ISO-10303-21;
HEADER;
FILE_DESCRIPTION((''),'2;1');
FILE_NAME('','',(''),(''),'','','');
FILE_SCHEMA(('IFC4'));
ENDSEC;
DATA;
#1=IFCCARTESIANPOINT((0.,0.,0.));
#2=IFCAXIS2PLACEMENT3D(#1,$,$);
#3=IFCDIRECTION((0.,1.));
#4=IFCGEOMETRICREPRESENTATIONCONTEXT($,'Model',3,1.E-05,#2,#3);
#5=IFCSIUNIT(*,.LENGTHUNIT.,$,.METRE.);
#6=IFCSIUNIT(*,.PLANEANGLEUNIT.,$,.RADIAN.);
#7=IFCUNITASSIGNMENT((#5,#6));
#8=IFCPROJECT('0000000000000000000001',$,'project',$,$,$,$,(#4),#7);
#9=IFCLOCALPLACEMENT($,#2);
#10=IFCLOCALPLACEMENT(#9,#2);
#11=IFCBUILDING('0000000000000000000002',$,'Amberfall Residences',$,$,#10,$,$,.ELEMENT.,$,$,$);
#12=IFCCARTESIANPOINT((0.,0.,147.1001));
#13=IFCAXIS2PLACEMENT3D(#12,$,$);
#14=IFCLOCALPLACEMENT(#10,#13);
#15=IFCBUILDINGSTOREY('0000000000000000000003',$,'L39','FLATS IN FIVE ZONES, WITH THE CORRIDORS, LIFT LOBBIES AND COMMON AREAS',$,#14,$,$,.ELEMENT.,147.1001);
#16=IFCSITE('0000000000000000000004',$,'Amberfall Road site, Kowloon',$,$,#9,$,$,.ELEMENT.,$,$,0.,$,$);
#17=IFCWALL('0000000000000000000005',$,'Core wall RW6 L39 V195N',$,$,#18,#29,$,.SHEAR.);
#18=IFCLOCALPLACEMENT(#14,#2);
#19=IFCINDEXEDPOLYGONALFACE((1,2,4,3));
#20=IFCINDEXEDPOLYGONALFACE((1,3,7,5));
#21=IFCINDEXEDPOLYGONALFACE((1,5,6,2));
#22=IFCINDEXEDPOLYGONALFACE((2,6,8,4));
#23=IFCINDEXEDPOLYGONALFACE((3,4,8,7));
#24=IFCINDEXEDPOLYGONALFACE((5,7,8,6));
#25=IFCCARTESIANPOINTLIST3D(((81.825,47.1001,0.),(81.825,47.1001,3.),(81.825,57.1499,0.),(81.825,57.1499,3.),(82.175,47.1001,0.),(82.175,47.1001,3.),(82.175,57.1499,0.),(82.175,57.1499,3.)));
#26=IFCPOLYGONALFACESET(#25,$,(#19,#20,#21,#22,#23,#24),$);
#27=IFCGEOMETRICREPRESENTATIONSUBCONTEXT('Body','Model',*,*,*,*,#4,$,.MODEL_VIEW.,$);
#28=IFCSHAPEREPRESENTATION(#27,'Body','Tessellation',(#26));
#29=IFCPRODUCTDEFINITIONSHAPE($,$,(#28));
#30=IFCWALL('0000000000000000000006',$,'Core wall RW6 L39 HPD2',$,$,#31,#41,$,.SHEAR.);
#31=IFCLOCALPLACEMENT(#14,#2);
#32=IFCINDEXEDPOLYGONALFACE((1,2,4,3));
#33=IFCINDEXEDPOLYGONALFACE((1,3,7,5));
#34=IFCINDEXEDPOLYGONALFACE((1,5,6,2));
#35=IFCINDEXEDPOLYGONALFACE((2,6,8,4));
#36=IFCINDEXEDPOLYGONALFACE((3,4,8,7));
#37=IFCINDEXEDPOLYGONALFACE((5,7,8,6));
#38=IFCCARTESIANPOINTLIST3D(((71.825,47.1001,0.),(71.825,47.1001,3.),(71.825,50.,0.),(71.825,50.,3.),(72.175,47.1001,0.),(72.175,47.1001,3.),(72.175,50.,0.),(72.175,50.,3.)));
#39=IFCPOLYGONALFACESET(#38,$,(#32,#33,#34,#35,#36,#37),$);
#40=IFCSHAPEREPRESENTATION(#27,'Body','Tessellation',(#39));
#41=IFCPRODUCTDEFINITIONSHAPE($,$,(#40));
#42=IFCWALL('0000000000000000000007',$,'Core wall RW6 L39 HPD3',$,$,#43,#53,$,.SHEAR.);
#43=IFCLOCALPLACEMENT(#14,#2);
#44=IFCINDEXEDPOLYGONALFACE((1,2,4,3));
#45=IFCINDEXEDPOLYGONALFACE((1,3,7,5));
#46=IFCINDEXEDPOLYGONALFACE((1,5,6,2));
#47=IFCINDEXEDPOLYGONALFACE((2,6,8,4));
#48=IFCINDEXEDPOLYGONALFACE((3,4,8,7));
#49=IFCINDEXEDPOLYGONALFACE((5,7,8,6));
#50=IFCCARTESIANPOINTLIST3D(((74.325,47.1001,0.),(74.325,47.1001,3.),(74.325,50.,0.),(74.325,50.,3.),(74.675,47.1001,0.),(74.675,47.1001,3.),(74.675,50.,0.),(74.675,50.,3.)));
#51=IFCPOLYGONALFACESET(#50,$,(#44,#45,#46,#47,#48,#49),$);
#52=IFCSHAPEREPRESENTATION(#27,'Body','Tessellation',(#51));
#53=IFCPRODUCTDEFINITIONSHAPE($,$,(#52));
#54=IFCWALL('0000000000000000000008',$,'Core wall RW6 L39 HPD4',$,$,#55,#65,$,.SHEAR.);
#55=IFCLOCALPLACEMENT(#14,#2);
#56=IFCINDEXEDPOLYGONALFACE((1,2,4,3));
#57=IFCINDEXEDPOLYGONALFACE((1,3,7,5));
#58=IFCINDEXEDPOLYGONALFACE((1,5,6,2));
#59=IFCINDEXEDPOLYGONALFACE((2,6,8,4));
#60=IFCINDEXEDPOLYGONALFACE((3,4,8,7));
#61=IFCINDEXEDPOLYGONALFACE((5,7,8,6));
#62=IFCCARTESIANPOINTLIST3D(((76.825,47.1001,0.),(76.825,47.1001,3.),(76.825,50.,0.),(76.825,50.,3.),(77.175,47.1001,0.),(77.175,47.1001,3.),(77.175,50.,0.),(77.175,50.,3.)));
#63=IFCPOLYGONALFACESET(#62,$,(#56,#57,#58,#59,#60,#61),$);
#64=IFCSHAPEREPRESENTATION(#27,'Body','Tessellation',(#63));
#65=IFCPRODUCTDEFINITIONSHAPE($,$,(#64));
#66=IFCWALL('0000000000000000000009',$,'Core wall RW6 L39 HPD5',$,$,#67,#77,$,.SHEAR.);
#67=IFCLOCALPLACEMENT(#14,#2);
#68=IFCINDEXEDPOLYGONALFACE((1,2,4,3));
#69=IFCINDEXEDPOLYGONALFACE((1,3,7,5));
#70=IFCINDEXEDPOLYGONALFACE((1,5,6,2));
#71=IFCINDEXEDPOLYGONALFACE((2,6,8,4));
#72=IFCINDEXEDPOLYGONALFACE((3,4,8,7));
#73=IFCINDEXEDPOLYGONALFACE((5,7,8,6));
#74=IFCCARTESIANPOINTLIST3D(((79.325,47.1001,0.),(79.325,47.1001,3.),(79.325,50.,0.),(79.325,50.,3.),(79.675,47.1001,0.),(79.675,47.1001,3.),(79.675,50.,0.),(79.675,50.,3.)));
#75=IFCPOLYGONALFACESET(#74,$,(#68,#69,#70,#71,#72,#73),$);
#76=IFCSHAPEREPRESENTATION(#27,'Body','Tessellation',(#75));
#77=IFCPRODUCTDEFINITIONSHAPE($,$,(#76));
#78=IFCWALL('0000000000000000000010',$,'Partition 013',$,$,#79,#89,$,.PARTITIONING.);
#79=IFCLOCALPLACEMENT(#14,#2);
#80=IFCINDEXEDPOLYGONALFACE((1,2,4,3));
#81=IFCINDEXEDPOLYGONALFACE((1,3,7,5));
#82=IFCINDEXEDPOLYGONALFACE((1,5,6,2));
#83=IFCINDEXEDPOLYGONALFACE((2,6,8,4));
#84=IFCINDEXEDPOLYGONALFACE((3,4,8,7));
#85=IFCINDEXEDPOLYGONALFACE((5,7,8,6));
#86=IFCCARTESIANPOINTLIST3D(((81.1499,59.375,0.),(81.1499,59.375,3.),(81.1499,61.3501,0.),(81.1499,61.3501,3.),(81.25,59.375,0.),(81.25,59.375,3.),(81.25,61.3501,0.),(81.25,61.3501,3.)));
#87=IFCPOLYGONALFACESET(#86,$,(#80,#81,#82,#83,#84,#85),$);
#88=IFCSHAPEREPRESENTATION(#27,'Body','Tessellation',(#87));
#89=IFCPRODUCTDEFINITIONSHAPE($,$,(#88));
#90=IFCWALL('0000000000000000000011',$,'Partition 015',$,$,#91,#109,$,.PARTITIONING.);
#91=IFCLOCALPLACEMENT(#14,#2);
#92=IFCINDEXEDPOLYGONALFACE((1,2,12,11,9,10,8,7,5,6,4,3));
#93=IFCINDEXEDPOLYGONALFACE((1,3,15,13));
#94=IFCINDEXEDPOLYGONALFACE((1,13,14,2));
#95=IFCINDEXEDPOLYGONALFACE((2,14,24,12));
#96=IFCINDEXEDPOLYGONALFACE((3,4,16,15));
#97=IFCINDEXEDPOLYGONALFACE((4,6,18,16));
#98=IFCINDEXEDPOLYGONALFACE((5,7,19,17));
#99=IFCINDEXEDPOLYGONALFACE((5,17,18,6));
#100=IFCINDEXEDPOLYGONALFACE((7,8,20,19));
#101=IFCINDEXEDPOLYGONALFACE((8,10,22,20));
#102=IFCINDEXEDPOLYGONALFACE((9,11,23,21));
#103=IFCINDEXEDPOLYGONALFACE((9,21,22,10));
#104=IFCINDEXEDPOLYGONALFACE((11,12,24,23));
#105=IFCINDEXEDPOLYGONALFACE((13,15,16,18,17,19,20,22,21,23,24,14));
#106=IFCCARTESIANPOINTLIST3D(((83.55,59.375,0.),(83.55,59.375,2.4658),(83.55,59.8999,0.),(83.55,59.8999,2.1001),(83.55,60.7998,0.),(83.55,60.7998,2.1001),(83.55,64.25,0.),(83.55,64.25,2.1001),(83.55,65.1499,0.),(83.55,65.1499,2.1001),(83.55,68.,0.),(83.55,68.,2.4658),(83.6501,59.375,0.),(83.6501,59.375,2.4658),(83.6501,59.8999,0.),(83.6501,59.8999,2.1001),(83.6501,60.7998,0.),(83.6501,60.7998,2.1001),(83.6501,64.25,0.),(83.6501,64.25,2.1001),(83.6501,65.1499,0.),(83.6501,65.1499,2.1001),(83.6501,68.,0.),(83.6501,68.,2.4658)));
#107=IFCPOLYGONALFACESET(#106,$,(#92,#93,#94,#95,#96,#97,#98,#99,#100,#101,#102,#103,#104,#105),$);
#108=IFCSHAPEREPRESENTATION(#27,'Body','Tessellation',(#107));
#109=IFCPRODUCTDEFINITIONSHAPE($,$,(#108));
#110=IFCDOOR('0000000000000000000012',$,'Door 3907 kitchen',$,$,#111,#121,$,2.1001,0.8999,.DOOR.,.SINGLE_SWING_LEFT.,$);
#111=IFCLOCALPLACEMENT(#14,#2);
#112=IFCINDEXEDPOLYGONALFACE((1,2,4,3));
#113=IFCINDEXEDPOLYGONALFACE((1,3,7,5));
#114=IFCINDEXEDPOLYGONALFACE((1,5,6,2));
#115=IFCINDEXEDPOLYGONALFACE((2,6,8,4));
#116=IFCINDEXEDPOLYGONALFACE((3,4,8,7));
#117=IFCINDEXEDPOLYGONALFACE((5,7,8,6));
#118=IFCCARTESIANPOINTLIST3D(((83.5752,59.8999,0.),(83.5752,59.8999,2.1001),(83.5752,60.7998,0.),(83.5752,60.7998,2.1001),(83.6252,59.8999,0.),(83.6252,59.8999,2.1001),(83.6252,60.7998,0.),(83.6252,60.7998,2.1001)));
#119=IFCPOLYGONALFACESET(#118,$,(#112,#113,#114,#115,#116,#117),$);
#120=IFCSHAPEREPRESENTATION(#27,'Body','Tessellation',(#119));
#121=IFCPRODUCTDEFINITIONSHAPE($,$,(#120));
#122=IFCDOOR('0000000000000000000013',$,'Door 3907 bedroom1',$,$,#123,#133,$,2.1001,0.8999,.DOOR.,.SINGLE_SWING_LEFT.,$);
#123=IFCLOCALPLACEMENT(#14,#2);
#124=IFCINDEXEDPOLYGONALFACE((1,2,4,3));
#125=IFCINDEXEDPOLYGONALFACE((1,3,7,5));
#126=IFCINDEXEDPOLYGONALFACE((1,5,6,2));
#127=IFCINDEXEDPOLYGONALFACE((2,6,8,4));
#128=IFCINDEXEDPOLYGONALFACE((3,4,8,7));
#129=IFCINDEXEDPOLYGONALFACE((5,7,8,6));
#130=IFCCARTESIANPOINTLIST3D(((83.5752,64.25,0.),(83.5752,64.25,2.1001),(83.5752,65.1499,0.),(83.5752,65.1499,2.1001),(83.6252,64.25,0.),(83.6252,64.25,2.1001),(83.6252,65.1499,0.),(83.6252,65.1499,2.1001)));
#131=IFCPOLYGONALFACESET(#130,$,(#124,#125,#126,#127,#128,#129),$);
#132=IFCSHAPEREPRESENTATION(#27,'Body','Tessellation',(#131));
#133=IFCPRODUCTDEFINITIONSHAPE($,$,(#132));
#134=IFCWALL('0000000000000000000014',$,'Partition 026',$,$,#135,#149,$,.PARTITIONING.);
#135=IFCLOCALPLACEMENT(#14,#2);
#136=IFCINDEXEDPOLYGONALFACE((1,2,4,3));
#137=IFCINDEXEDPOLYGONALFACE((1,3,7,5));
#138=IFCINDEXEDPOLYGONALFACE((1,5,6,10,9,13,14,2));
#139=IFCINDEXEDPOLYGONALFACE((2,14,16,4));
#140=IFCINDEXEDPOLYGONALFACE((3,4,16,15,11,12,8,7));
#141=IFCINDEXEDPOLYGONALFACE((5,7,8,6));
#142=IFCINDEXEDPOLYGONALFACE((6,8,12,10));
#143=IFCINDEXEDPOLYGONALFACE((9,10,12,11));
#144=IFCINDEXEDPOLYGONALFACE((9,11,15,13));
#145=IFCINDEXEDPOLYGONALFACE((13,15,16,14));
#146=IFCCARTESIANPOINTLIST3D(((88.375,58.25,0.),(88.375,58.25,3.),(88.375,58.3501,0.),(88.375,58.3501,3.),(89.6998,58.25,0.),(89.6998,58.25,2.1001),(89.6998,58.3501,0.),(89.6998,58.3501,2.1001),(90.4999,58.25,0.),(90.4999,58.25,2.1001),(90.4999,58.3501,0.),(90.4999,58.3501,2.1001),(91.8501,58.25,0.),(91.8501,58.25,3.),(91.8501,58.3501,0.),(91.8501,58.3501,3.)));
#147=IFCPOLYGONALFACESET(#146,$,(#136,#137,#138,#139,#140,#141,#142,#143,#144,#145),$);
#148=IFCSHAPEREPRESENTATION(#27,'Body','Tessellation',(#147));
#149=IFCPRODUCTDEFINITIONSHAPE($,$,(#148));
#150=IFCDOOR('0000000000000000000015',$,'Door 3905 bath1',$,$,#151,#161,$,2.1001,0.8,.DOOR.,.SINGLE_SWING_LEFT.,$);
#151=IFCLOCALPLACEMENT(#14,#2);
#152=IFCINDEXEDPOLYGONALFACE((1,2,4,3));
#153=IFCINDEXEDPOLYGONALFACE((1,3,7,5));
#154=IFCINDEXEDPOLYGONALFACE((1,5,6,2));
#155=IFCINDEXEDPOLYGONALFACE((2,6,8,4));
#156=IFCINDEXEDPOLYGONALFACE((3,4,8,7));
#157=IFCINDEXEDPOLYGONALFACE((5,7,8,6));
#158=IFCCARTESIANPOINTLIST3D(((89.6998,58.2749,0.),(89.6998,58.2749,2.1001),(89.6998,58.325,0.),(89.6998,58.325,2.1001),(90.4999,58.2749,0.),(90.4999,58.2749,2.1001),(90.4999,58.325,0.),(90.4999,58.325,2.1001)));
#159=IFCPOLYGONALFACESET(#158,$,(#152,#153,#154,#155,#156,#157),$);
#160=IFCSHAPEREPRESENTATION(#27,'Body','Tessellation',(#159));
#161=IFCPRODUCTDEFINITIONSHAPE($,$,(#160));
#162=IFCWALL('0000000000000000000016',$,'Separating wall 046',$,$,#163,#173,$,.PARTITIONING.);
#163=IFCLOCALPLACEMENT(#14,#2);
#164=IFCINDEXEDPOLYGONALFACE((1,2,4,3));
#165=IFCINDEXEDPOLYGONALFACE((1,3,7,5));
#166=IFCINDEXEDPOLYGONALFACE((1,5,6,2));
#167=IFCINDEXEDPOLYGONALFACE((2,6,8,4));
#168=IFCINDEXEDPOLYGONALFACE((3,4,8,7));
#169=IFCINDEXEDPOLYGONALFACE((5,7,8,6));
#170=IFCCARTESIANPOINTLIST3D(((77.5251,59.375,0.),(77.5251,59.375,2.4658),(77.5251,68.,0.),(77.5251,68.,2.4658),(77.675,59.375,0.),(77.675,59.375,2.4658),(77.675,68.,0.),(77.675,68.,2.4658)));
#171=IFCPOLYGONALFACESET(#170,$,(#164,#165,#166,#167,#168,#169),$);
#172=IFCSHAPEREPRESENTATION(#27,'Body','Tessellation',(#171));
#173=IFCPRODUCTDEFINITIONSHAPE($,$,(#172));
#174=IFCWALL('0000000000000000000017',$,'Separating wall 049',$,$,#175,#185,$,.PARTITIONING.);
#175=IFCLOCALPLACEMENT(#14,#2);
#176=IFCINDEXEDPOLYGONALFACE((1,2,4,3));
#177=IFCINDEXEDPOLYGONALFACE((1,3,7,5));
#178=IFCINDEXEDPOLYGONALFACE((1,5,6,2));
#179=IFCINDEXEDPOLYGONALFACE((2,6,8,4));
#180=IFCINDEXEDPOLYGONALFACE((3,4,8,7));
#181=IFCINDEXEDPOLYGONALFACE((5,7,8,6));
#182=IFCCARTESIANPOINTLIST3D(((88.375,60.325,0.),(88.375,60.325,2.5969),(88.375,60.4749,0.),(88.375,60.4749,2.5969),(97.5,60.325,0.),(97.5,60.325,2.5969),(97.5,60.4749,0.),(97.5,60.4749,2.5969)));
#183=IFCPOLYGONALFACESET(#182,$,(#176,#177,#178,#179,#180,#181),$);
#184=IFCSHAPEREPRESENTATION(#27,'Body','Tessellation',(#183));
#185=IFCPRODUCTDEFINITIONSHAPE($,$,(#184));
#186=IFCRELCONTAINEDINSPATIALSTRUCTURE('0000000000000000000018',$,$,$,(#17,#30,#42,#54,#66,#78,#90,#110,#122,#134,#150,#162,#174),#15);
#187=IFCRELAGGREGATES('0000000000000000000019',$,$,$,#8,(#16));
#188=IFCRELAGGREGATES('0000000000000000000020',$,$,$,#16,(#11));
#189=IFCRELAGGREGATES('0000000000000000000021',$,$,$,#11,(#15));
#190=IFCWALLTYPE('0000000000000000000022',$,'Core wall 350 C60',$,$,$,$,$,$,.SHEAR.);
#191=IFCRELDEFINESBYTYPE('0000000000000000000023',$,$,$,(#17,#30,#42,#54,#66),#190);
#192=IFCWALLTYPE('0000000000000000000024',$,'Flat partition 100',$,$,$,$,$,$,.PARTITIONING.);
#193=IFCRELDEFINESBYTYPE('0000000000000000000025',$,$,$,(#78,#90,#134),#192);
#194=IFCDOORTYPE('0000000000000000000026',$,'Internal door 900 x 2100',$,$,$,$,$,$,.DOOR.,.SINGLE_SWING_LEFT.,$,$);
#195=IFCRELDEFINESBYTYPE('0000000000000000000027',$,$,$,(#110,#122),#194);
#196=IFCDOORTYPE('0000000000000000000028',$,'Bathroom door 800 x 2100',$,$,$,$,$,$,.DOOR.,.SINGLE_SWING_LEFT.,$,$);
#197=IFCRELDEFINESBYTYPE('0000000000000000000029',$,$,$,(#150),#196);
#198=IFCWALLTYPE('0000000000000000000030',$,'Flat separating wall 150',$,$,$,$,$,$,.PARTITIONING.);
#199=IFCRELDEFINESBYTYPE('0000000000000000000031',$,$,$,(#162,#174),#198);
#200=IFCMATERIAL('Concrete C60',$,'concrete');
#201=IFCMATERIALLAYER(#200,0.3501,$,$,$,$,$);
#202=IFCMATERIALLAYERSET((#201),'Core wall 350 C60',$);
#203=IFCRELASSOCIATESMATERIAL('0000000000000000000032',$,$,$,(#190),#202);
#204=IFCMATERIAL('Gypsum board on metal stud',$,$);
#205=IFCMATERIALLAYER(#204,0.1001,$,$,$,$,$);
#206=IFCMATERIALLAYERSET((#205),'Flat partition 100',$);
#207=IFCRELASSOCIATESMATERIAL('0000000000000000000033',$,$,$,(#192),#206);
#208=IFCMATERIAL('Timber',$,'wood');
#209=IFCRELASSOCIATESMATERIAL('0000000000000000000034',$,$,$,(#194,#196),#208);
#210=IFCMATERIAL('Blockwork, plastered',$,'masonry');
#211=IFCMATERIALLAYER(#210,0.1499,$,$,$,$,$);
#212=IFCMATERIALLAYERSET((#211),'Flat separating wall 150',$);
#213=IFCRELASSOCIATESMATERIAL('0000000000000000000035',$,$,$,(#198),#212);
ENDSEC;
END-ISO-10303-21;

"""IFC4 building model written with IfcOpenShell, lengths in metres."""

from ifc_helpers import new_model, si_unit, direction, frame, frame_2d, origin, place, context, subcontext, project, spatial, rectangle, extrude, material, layer, layer_set, type_object, element, fill, save


model = new_model("IFC4")

# Units and contexts
model_context = context("Model", 3, precision=1e-05, world=origin(), true_north=direction((0.0, 1.0)))
body_context = subcontext(model_context, "Body", "Model", "MODEL_VIEW")
ifc_project = project(units=[si_unit("LENGTHUNIT", "METRE"), si_unit("PLANEANGLEUNIT", "RADIAN")], contexts=[model_context])

# Site, building, storey
site_placement = place(None, origin())
site = spatial("IfcSite", under=ifc_project, at=site_placement, Name="Amberfall Road site, Kowloon", CompositionType="ELEMENT", RefElevation=0.0)
building_placement = place(site_placement, origin())
building = spatial("IfcBuilding", under=site, at=building_placement, Name="Amberfall Residences", CompositionType="ELEMENT")
storey_placement = place(building_placement, frame((0.0, 0.0, 147.1001)))
storey = spatial("IfcBuildingStorey", under=building, at=storey_placement, Name="L39", Description="FLATS IN FIVE ZONES, WITH THE CORRIDORS, LIFT LOBBIES AND COMMON AREAS", CompositionType="ELEMENT", Elevation=147.1001)

# Walls
ifc_material_1 = material(Name="Concrete C60", Category="concrete")
ifc_layer_1 = layer(ifc_material_1, 0.3501)
ifc_layer_set_1 = layer_set([ifc_layer_1], Name="Core wall 350 C60")
wall_type_1 = type_object("IfcWallType", Name="Core wall 350 C60", PredefinedType="SHEAR", material=ifc_layer_set_1)
wall_1_placement = place(storey_placement, frame((82.0, 47.1001, 0.0), z_axis=(0.0, 0.0, 1.0), x_axis=(0.0, 1.0, 0.0)))
element("IfcWall", 1, at=wall_1_placement, inside=storey, type_object=wall_type_1, Name="Core wall RW6 L39 V195N", PredefinedType="SHEAR", context=body_context, shape_type="SweptSolid", body=[
    extrude(rectangle(XDim=10.0498, YDim=0.3501, at=frame_2d((5.0249, 0.0))), origin(), (0.0, 0.0, 1.0), 3.0),
])
for number, where, z_axis, x_axis, name in (
    (2, (72.0, 47.1001, 0.0), (0.0, 0.0, 1.0), (0.0, 1.0, 0.0), "Core wall RW6 L39 HPD2"),
    (3, (74.5, 47.1001, 0.0), (0.0, 0.0, 1.0), (0.0, 1.0, 0.0), "Core wall RW6 L39 HPD3"),
    (4, (77.0, 47.1001, 0.0), (0.0, 0.0, 1.0), (0.0, 1.0, 0.0), "Core wall RW6 L39 HPD4"),
    (5, (79.5, 47.1001, 0.0), (0.0, 0.0, 1.0), (0.0, 1.0, 0.0), "Core wall RW6 L39 HPD5"),
):
    element("IfcWall", number, at=place(storey_placement, frame(where, z_axis=z_axis, x_axis=x_axis)), inside=storey, type_object=wall_type_1, Name=name, PredefinedType="SHEAR", context=body_context, shape_type="SweptSolid", body=[
        extrude(rectangle(XDim=2.8999, YDim=0.3501, at=frame_2d((1.45, 0.0))), origin(), (0.0, 0.0, 1.0), 3.0),
    ])
ifc_material_2 = material(Name="Gypsum board on metal stud")
ifc_layer_2 = layer(ifc_material_2, 0.1001)
ifc_layer_set_2 = layer_set([ifc_layer_2], Name="Flat partition 100")
wall_type_2 = type_object("IfcWallType", Name="Flat partition 100", PredefinedType="PARTITIONING", material=ifc_layer_set_2)
wall_2_placement = place(storey_placement, frame((81.2, 59.375, 0.0), z_axis=(0.0, 0.0, 1.0), x_axis=(0.0, 1.0, 0.0)))
element("IfcWall", 6, at=wall_2_placement, inside=storey, type_object=wall_type_2, Name="Partition 013", PredefinedType="PARTITIONING", context=body_context, shape_type="SweptSolid", body=[
    extrude(rectangle(XDim=1.9751, YDim=0.1001, at=frame_2d((0.9875, 0.0))), origin(), (0.0, 0.0, 1.0), 3.0),
])

# Wall, openings, doors
wall_3_placement = place(storey_placement, frame((83.6001, 59.375, 0.0), z_axis=(0.0, 0.0, 1.0), x_axis=(0.0, 1.0, 0.0)))
wall_3 = element("IfcWall", 7, at=wall_3_placement, inside=storey, type_object=wall_type_2, Name="Partition 015", PredefinedType="PARTITIONING", context=body_context, shape_type="SweptSolid", body=[
    extrude(rectangle(XDim=8.625, YDim=0.1001, at=frame_2d((4.3125, 0.0))), origin(), (0.0, 0.0, 1.0), 2.4658),
])
opening_1_placement = place(wall_3_placement, frame((0.5249, 0.0, 0.0)))
opening_1 = element("IfcOpeningElement", 8, at=opening_1_placement, cuts=wall_3, PredefinedType="OPENING", context=body_context, shape_type="SweptSolid", body=[
    extrude(rectangle(XDim=0.8999, YDim=2.1001, at=frame_2d((0.45, 1.05))), frame((0.0, 0.0601, 0.0), z_axis=(0.0, -1.0, 0.0), x_axis=(1.0, 0.0, 0.0)), (0.0, 0.0, 1.0), 0.1201),
])
opening_2_placement = place(wall_3_placement, frame((4.875, 0.0, 0.0)))
opening_2 = element("IfcOpeningElement", 9, at=opening_2_placement, cuts=wall_3, PredefinedType="OPENING", context=body_context, shape_type="SweptSolid", body=[
    extrude(rectangle(XDim=0.8999, YDim=2.1001, at=frame_2d((0.45, 1.05))), frame((0.0, 0.0601, 0.0), z_axis=(0.0, -1.0, 0.0), x_axis=(1.0, 0.0, 0.0)), (0.0, 0.0, 1.0), 0.1201),
])
ifc_material_3 = material(Name="Timber", Category="wood")
door_type_1 = type_object("IfcDoorType", Name="Internal door 900 x 2100", OperationType="SINGLE_SWING_LEFT", PredefinedType="DOOR", material=ifc_material_3)
door_1_placement = place(opening_1_placement, origin())
door_1 = element("IfcDoor", 10, at=door_1_placement, inside=storey, type_object=door_type_1, Name="Door 3907 kitchen", OperationType="SINGLE_SWING_LEFT", OverallHeight=2.1001, OverallWidth=0.8999, PredefinedType="DOOR", context=body_context, shape_type="SweptSolid", body=[
    extrude(rectangle(XDim=0.8999, YDim=2.1001, at=frame_2d((0.45, 1.05))), frame((0.0, 0.0249, 0.0), z_axis=(0.0, -1.0, 0.0), x_axis=(1.0, 0.0, 0.0)), (0.0, 0.0, 1.0), 0.05),
])
fill(opening_1, door_1)
door_2_placement = place(opening_2_placement, origin())
door_2 = element("IfcDoor", 11, at=door_2_placement, inside=storey, type_object=door_type_1, Name="Door 3907 bedroom1", OperationType="SINGLE_SWING_LEFT", OverallHeight=2.1001, OverallWidth=0.8999, PredefinedType="DOOR", context=body_context, shape_type="SweptSolid", body=[
    extrude(rectangle(XDim=0.8999, YDim=2.1001, at=frame_2d((0.45, 1.05))), frame((0.0, 0.0249, 0.0), z_axis=(0.0, -1.0, 0.0), x_axis=(1.0, 0.0, 0.0)), (0.0, 0.0, 1.0), 0.05),
])
fill(opening_2, door_2)

# Wall, opening, door
wall_4_placement = place(storey_placement, frame((88.375, 58.3, 0.0), z_axis=(0.0, 0.0, 1.0), x_axis=(1.0, 0.0, 0.0)))
wall_4 = element("IfcWall", 12, at=wall_4_placement, inside=storey, type_object=wall_type_2, Name="Partition 026", PredefinedType="PARTITIONING", context=body_context, shape_type="SweptSolid", body=[
    extrude(rectangle(XDim=3.4751, YDim=0.1001, at=frame_2d((1.7375, 0.0))), origin(), (0.0, 0.0, 1.0), 3.0),
])
opening_3_placement = place(wall_4_placement, frame((1.325, 0.0, 0.0)))
opening_3 = element("IfcOpeningElement", 13, at=opening_3_placement, cuts=wall_4, PredefinedType="OPENING", context=body_context, shape_type="SweptSolid", body=[
    extrude(rectangle(XDim=0.8, YDim=2.1001, at=frame_2d((0.3999, 1.05))), frame((0.0, 0.0601, 0.0), z_axis=(0.0, -1.0, 0.0), x_axis=(1.0, 0.0, 0.0)), (0.0, 0.0, 1.0), 0.1201),
])
door_type_2 = type_object("IfcDoorType", Name="Bathroom door 800 x 2100", OperationType="SINGLE_SWING_LEFT", PredefinedType="DOOR", material=ifc_material_3)
door_3_placement = place(opening_3_placement, origin())
door_3 = element("IfcDoor", 14, at=door_3_placement, inside=storey, type_object=door_type_2, Name="Door 3905 bath1", OperationType="SINGLE_SWING_LEFT", OverallHeight=2.1001, OverallWidth=0.8, PredefinedType="DOOR", context=body_context, shape_type="SweptSolid", body=[
    extrude(rectangle(XDim=0.8, YDim=2.1001, at=frame_2d((0.3999, 1.05))), frame((0.0, 0.0249, 0.0), z_axis=(0.0, -1.0, 0.0), x_axis=(1.0, 0.0, 0.0)), (0.0, 0.0, 1.0), 0.05),
])
fill(opening_3, door_3)

# Walls
ifc_material_4 = material(Name="Blockwork, plastered", Category="masonry")
ifc_layer_3 = layer(ifc_material_4, 0.1499)
ifc_layer_set_3 = layer_set([ifc_layer_3], Name="Flat separating wall 150")
wall_type_3 = type_object("IfcWallType", Name="Flat separating wall 150", PredefinedType="PARTITIONING", material=ifc_layer_set_3)
wall_5_placement = place(storey_placement, frame((77.6001, 59.375, 0.0), z_axis=(0.0, 0.0, 1.0), x_axis=(0.0, 1.0, 0.0)))
element("IfcWall", 15, at=wall_5_placement, inside=storey, type_object=wall_type_3, Name="Separating wall 046", PredefinedType="PARTITIONING", context=body_context, shape_type="SweptSolid", body=[
    extrude(rectangle(XDim=8.625, YDim=0.1499, at=frame_2d((4.3125, 0.0))), origin(), (0.0, 0.0, 1.0), 2.4658),
])
wall_6_placement = place(storey_placement, frame((88.375, 60.3999, 0.0), z_axis=(0.0, 0.0, 1.0), x_axis=(1.0, 0.0, 0.0)))
element("IfcWall", 16, at=wall_6_placement, inside=storey, type_object=wall_type_3, Name="Separating wall 049", PredefinedType="PARTITIONING", context=body_context, shape_type="SweptSolid", body=[
    extrude(rectangle(XDim=9.125, YDim=0.1499, at=frame_2d((4.5625, 0.0))), origin(), (0.0, 0.0, 1.0), 2.5969),
])

save(model, "model.ifc")
